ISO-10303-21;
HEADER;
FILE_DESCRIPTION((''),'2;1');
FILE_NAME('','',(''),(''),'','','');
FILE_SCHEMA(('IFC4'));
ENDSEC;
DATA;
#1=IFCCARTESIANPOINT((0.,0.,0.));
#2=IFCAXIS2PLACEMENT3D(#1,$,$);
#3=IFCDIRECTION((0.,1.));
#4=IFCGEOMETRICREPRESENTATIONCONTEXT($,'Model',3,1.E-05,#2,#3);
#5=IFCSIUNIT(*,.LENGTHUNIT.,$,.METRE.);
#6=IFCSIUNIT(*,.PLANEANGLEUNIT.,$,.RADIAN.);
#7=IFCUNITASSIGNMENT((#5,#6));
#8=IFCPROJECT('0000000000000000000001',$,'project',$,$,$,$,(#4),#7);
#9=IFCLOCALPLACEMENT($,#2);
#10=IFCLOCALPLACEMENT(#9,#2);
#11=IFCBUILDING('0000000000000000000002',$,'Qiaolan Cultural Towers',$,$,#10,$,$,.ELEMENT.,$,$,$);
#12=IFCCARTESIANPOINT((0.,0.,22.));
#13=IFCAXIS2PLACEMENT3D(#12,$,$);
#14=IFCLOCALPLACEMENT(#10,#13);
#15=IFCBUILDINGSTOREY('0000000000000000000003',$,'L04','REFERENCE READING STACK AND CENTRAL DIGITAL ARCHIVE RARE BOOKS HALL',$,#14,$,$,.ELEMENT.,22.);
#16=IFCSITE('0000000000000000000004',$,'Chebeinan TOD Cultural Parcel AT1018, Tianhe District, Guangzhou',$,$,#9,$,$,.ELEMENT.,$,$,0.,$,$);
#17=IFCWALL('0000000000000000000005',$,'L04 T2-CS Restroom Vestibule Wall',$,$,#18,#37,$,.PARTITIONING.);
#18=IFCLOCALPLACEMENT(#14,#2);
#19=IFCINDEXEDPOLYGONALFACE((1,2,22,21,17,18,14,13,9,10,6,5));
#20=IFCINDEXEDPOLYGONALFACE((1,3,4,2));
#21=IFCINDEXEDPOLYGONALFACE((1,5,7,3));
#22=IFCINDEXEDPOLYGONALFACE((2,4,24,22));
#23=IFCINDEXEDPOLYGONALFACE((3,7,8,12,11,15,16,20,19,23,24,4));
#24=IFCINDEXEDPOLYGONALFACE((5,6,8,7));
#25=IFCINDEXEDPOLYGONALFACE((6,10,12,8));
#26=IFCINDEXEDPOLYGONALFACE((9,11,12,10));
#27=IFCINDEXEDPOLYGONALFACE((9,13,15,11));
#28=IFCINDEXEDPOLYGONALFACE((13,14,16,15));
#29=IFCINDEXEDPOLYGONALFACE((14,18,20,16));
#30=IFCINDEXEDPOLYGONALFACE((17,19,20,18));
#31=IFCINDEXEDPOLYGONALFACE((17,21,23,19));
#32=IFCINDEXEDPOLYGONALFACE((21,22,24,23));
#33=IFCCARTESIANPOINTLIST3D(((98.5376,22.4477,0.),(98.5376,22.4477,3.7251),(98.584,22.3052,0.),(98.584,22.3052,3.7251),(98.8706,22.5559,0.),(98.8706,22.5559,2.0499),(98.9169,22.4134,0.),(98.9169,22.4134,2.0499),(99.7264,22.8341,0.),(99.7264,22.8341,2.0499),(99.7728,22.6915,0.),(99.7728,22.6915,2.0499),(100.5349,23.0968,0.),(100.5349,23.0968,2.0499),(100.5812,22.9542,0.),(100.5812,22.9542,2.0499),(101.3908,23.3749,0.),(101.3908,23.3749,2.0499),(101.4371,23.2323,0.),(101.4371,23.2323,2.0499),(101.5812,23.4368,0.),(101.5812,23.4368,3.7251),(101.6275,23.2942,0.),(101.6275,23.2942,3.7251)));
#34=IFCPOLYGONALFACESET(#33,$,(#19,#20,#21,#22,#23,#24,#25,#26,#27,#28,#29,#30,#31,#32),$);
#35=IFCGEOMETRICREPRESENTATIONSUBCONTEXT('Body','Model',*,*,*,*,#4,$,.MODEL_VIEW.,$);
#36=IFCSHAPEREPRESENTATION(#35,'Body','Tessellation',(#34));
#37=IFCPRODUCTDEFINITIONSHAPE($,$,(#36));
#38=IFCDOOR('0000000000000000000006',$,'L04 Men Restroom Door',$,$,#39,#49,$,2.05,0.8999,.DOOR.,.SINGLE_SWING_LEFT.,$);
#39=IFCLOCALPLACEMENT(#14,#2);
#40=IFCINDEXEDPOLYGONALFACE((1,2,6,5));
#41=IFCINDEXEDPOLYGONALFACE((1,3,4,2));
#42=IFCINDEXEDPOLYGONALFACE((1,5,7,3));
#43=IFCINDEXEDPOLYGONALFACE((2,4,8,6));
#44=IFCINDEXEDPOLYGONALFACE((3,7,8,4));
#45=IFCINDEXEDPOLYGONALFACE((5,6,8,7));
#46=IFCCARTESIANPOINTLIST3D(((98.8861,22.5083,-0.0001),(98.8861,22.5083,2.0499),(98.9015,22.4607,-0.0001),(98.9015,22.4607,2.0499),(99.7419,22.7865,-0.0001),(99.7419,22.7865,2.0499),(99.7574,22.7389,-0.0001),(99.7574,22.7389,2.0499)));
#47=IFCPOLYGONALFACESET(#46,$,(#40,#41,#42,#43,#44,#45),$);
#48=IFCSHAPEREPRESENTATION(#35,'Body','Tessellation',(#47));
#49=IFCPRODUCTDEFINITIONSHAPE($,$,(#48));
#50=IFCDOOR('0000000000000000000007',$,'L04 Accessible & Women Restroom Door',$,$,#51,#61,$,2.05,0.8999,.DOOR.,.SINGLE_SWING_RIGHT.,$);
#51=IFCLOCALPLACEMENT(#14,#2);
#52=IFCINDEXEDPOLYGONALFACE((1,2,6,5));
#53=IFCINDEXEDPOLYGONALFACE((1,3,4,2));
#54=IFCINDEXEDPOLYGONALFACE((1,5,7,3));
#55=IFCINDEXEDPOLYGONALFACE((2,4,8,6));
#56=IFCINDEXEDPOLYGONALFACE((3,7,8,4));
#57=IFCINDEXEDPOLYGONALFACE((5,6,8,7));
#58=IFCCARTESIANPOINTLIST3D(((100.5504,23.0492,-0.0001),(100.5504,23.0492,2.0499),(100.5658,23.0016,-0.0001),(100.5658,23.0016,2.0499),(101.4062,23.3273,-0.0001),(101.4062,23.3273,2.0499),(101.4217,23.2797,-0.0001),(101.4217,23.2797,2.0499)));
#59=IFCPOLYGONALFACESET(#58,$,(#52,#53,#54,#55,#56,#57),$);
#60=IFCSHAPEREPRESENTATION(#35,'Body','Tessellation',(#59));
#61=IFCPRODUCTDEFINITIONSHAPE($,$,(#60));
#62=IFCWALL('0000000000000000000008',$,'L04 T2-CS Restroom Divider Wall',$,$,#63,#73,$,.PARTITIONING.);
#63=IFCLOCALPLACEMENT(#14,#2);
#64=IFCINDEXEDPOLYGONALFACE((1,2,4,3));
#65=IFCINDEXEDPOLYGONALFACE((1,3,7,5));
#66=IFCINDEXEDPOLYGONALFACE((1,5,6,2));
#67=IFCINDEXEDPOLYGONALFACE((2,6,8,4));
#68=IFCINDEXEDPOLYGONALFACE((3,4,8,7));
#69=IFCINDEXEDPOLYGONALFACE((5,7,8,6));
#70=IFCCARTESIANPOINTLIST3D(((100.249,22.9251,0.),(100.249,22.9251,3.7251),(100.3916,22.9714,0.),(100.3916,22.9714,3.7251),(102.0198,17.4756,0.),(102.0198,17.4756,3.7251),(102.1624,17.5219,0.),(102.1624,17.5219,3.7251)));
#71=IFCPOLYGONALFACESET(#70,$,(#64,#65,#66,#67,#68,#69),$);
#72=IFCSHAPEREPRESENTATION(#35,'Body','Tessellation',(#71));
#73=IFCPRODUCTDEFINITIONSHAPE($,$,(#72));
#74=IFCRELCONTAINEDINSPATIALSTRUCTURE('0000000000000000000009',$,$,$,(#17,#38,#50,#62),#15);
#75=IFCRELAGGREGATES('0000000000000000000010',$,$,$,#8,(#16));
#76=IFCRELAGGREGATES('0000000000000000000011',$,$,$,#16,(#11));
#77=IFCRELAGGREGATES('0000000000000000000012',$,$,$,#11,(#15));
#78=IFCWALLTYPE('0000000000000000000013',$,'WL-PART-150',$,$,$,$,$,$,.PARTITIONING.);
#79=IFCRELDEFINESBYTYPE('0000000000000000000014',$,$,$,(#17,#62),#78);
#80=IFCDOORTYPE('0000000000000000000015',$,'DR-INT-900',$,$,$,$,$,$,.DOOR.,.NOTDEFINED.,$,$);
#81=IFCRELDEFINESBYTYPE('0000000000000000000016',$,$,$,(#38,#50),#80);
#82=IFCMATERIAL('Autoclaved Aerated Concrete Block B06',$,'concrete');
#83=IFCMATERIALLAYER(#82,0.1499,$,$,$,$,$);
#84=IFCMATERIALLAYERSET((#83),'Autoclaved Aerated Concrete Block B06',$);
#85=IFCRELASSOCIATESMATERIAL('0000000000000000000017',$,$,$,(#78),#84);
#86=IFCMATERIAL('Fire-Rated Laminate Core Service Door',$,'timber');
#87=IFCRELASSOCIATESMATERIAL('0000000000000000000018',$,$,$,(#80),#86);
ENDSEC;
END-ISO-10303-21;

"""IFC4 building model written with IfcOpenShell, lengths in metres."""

from ifc_helpers import new_model, si_unit, direction, frame, frame_2d, origin, place, context, subcontext, project, spatial, rectangle, extrude, material, layer, layer_set, type_object, element, fill, save


model = new_model("IFC4")

# Units and contexts
model_context = context("Model", 3, precision=1e-05, world=origin(), true_north=direction((0.0, 1.0)))
body_context = subcontext(model_context, "Body", "Model", "MODEL_VIEW")
ifc_project = project(units=[si_unit("LENGTHUNIT", "METRE"), si_unit("PLANEANGLEUNIT", "RADIAN")], contexts=[model_context])

# Site, building, storey
site_placement = place(None, origin())
site = spatial("IfcSite", under=ifc_project, at=site_placement, Name="Chebeinan TOD Cultural Parcel AT1018, Tianhe District, Guangzhou", CompositionType="ELEMENT", RefElevation=0.0)
building_placement = place(site_placement, origin())
building = spatial("IfcBuilding", under=site, at=building_placement, Name="Qiaolan Cultural Towers", CompositionType="ELEMENT")
storey_placement = place(building_placement, frame((0.0, 0.0, 22.0)))
storey = spatial("IfcBuildingStorey", under=building, at=storey_placement, Name="L04", Description="REFERENCE READING STACK AND CENTRAL DIGITAL ARCHIVE RARE BOOKS HALL", CompositionType="ELEMENT", Elevation=22.0)

# Wall, openings, doors
ifc_material_1 = material(Name="Autoclaved Aerated Concrete Block B06", Category="concrete")
ifc_layer_1 = layer(ifc_material_1, 0.1499)
ifc_layer_set_1 = layer_set([ifc_layer_1], Name="Autoclaved Aerated Concrete Block B06")
wall_type_1 = type_object("IfcWallType", Name="WL-PART-150", PredefinedType="PARTITIONING", material=ifc_layer_set_1)
wall_1_placement = place(storey_placement, frame((98.5608, 22.3765, 0.0), z_axis=(0.0, 0.0, 1.0), x_axis=(0.951044, 0.309055, 0.0)))
wall_1 = element("IfcWall", 1, at=wall_1_placement, inside=storey, type_object=wall_type_1, Name="L04 T2-CS Restroom Vestibule Wall", PredefinedType="PARTITIONING", context=body_context, shape_type="SweptSolid", body=[
    extrude(rectangle(XDim=3.2002, YDim=0.1499, at=frame_2d((1.6001, 0.0))), origin(), (0.0, 0.0, 1.0), 3.7251),
])
opening_1_placement = place(wall_1_placement, frame((0.3501, 0.0, 0.0)))
opening_1 = element("IfcOpeningElement", 2, at=opening_1_placement, cuts=wall_1, PredefinedType="OPENING", context=body_context, shape_type="SweptSolid", body=[
    extrude(rectangle(XDim=0.8999, YDim=2.05, at=frame_2d((0.45, 1.0249))), frame((0.0, 0.085, 0.0), z_axis=(0.0, -1.0, 0.0), x_axis=(1.0, 0.0, 0.0)), (0.0, 0.0, 1.0), 0.1699),
])
opening_2_placement = place(wall_1_placement, frame((2.1001, 0.0, 0.0)))
opening_2 = element("IfcOpeningElement", 3, at=opening_2_placement, cuts=wall_1, PredefinedType="OPENING", context=body_context, shape_type="SweptSolid", body=[
    extrude(rectangle(XDim=0.8999, YDim=2.05, at=frame_2d((0.45, 1.0249))), frame((0.0, 0.085, 0.0), z_axis=(0.0, -1.0, 0.0), x_axis=(1.0, 0.0, 0.0)), (0.0, 0.0, 1.0), 0.1699),
])
ifc_material_2 = material(Name="Fire-Rated Laminate Core Service Door", Category="timber")
door_type = type_object("IfcDoorType", Name="DR-INT-900", OperationType="NOTDEFINED", PredefinedType="DOOR", material=ifc_material_2)
door_1_placement = place(opening_1_placement, origin())
door_1 = element("IfcDoor", 4, at=door_1_placement, inside=storey, type_object=door_type, Name="L04 Men Restroom Door", OperationType="SINGLE_SWING_LEFT", OverallHeight=2.05, OverallWidth=0.8999, PredefinedType="DOOR", context=body_context, shape_type="SweptSolid", body=[
    extrude(rectangle(XDim=0.8999, YDim=2.05, at=frame_2d((0.45, 1.0249))), frame((0.0, 0.0249, 0.0), z_axis=(0.0, -1.0, 0.0), x_axis=(1.0, 0.0, 0.0)), (0.0, 0.0, 1.0), 0.05),
])
fill(opening_1, door_1)
door_2_placement = place(opening_2_placement, origin())
door_2 = element("IfcDoor", 5, at=door_2_placement, inside=storey, type_object=door_type, Name="L04 Accessible & Women Restroom Door", OperationType="SINGLE_SWING_RIGHT", OverallHeight=2.05, OverallWidth=0.8999, PredefinedType="DOOR", context=body_context, shape_type="SweptSolid", body=[
    extrude(rectangle(XDim=0.8999, YDim=2.05, at=frame_2d((0.45, 1.0249))), frame((0.0, 0.0249, 0.0), z_axis=(0.0, -1.0, 0.0), x_axis=(1.0, 0.0, 0.0)), (0.0, 0.0, 1.0), 0.05),
])
fill(opening_2, door_2)

# Wall
wall_2_placement = place(storey_placement, frame((100.3203, 22.9482, 0.0), z_axis=(0.0, 0.0, 1.0), x_axis=(0.309035, -0.951051, 0.0)))
element("IfcWall", 6, at=wall_2_placement, inside=storey, type_object=wall_type_1, Name="L04 T2-CS Restroom Divider Wall", PredefinedType="PARTITIONING", context=body_context, shape_type="SweptSolid", body=[
    extrude(rectangle(XDim=5.73, YDim=0.1499, at=frame_2d((2.865, 0.0))), origin(), (0.0, 0.0, 1.0), 3.7251),
])

save(model, "model.ifc")
